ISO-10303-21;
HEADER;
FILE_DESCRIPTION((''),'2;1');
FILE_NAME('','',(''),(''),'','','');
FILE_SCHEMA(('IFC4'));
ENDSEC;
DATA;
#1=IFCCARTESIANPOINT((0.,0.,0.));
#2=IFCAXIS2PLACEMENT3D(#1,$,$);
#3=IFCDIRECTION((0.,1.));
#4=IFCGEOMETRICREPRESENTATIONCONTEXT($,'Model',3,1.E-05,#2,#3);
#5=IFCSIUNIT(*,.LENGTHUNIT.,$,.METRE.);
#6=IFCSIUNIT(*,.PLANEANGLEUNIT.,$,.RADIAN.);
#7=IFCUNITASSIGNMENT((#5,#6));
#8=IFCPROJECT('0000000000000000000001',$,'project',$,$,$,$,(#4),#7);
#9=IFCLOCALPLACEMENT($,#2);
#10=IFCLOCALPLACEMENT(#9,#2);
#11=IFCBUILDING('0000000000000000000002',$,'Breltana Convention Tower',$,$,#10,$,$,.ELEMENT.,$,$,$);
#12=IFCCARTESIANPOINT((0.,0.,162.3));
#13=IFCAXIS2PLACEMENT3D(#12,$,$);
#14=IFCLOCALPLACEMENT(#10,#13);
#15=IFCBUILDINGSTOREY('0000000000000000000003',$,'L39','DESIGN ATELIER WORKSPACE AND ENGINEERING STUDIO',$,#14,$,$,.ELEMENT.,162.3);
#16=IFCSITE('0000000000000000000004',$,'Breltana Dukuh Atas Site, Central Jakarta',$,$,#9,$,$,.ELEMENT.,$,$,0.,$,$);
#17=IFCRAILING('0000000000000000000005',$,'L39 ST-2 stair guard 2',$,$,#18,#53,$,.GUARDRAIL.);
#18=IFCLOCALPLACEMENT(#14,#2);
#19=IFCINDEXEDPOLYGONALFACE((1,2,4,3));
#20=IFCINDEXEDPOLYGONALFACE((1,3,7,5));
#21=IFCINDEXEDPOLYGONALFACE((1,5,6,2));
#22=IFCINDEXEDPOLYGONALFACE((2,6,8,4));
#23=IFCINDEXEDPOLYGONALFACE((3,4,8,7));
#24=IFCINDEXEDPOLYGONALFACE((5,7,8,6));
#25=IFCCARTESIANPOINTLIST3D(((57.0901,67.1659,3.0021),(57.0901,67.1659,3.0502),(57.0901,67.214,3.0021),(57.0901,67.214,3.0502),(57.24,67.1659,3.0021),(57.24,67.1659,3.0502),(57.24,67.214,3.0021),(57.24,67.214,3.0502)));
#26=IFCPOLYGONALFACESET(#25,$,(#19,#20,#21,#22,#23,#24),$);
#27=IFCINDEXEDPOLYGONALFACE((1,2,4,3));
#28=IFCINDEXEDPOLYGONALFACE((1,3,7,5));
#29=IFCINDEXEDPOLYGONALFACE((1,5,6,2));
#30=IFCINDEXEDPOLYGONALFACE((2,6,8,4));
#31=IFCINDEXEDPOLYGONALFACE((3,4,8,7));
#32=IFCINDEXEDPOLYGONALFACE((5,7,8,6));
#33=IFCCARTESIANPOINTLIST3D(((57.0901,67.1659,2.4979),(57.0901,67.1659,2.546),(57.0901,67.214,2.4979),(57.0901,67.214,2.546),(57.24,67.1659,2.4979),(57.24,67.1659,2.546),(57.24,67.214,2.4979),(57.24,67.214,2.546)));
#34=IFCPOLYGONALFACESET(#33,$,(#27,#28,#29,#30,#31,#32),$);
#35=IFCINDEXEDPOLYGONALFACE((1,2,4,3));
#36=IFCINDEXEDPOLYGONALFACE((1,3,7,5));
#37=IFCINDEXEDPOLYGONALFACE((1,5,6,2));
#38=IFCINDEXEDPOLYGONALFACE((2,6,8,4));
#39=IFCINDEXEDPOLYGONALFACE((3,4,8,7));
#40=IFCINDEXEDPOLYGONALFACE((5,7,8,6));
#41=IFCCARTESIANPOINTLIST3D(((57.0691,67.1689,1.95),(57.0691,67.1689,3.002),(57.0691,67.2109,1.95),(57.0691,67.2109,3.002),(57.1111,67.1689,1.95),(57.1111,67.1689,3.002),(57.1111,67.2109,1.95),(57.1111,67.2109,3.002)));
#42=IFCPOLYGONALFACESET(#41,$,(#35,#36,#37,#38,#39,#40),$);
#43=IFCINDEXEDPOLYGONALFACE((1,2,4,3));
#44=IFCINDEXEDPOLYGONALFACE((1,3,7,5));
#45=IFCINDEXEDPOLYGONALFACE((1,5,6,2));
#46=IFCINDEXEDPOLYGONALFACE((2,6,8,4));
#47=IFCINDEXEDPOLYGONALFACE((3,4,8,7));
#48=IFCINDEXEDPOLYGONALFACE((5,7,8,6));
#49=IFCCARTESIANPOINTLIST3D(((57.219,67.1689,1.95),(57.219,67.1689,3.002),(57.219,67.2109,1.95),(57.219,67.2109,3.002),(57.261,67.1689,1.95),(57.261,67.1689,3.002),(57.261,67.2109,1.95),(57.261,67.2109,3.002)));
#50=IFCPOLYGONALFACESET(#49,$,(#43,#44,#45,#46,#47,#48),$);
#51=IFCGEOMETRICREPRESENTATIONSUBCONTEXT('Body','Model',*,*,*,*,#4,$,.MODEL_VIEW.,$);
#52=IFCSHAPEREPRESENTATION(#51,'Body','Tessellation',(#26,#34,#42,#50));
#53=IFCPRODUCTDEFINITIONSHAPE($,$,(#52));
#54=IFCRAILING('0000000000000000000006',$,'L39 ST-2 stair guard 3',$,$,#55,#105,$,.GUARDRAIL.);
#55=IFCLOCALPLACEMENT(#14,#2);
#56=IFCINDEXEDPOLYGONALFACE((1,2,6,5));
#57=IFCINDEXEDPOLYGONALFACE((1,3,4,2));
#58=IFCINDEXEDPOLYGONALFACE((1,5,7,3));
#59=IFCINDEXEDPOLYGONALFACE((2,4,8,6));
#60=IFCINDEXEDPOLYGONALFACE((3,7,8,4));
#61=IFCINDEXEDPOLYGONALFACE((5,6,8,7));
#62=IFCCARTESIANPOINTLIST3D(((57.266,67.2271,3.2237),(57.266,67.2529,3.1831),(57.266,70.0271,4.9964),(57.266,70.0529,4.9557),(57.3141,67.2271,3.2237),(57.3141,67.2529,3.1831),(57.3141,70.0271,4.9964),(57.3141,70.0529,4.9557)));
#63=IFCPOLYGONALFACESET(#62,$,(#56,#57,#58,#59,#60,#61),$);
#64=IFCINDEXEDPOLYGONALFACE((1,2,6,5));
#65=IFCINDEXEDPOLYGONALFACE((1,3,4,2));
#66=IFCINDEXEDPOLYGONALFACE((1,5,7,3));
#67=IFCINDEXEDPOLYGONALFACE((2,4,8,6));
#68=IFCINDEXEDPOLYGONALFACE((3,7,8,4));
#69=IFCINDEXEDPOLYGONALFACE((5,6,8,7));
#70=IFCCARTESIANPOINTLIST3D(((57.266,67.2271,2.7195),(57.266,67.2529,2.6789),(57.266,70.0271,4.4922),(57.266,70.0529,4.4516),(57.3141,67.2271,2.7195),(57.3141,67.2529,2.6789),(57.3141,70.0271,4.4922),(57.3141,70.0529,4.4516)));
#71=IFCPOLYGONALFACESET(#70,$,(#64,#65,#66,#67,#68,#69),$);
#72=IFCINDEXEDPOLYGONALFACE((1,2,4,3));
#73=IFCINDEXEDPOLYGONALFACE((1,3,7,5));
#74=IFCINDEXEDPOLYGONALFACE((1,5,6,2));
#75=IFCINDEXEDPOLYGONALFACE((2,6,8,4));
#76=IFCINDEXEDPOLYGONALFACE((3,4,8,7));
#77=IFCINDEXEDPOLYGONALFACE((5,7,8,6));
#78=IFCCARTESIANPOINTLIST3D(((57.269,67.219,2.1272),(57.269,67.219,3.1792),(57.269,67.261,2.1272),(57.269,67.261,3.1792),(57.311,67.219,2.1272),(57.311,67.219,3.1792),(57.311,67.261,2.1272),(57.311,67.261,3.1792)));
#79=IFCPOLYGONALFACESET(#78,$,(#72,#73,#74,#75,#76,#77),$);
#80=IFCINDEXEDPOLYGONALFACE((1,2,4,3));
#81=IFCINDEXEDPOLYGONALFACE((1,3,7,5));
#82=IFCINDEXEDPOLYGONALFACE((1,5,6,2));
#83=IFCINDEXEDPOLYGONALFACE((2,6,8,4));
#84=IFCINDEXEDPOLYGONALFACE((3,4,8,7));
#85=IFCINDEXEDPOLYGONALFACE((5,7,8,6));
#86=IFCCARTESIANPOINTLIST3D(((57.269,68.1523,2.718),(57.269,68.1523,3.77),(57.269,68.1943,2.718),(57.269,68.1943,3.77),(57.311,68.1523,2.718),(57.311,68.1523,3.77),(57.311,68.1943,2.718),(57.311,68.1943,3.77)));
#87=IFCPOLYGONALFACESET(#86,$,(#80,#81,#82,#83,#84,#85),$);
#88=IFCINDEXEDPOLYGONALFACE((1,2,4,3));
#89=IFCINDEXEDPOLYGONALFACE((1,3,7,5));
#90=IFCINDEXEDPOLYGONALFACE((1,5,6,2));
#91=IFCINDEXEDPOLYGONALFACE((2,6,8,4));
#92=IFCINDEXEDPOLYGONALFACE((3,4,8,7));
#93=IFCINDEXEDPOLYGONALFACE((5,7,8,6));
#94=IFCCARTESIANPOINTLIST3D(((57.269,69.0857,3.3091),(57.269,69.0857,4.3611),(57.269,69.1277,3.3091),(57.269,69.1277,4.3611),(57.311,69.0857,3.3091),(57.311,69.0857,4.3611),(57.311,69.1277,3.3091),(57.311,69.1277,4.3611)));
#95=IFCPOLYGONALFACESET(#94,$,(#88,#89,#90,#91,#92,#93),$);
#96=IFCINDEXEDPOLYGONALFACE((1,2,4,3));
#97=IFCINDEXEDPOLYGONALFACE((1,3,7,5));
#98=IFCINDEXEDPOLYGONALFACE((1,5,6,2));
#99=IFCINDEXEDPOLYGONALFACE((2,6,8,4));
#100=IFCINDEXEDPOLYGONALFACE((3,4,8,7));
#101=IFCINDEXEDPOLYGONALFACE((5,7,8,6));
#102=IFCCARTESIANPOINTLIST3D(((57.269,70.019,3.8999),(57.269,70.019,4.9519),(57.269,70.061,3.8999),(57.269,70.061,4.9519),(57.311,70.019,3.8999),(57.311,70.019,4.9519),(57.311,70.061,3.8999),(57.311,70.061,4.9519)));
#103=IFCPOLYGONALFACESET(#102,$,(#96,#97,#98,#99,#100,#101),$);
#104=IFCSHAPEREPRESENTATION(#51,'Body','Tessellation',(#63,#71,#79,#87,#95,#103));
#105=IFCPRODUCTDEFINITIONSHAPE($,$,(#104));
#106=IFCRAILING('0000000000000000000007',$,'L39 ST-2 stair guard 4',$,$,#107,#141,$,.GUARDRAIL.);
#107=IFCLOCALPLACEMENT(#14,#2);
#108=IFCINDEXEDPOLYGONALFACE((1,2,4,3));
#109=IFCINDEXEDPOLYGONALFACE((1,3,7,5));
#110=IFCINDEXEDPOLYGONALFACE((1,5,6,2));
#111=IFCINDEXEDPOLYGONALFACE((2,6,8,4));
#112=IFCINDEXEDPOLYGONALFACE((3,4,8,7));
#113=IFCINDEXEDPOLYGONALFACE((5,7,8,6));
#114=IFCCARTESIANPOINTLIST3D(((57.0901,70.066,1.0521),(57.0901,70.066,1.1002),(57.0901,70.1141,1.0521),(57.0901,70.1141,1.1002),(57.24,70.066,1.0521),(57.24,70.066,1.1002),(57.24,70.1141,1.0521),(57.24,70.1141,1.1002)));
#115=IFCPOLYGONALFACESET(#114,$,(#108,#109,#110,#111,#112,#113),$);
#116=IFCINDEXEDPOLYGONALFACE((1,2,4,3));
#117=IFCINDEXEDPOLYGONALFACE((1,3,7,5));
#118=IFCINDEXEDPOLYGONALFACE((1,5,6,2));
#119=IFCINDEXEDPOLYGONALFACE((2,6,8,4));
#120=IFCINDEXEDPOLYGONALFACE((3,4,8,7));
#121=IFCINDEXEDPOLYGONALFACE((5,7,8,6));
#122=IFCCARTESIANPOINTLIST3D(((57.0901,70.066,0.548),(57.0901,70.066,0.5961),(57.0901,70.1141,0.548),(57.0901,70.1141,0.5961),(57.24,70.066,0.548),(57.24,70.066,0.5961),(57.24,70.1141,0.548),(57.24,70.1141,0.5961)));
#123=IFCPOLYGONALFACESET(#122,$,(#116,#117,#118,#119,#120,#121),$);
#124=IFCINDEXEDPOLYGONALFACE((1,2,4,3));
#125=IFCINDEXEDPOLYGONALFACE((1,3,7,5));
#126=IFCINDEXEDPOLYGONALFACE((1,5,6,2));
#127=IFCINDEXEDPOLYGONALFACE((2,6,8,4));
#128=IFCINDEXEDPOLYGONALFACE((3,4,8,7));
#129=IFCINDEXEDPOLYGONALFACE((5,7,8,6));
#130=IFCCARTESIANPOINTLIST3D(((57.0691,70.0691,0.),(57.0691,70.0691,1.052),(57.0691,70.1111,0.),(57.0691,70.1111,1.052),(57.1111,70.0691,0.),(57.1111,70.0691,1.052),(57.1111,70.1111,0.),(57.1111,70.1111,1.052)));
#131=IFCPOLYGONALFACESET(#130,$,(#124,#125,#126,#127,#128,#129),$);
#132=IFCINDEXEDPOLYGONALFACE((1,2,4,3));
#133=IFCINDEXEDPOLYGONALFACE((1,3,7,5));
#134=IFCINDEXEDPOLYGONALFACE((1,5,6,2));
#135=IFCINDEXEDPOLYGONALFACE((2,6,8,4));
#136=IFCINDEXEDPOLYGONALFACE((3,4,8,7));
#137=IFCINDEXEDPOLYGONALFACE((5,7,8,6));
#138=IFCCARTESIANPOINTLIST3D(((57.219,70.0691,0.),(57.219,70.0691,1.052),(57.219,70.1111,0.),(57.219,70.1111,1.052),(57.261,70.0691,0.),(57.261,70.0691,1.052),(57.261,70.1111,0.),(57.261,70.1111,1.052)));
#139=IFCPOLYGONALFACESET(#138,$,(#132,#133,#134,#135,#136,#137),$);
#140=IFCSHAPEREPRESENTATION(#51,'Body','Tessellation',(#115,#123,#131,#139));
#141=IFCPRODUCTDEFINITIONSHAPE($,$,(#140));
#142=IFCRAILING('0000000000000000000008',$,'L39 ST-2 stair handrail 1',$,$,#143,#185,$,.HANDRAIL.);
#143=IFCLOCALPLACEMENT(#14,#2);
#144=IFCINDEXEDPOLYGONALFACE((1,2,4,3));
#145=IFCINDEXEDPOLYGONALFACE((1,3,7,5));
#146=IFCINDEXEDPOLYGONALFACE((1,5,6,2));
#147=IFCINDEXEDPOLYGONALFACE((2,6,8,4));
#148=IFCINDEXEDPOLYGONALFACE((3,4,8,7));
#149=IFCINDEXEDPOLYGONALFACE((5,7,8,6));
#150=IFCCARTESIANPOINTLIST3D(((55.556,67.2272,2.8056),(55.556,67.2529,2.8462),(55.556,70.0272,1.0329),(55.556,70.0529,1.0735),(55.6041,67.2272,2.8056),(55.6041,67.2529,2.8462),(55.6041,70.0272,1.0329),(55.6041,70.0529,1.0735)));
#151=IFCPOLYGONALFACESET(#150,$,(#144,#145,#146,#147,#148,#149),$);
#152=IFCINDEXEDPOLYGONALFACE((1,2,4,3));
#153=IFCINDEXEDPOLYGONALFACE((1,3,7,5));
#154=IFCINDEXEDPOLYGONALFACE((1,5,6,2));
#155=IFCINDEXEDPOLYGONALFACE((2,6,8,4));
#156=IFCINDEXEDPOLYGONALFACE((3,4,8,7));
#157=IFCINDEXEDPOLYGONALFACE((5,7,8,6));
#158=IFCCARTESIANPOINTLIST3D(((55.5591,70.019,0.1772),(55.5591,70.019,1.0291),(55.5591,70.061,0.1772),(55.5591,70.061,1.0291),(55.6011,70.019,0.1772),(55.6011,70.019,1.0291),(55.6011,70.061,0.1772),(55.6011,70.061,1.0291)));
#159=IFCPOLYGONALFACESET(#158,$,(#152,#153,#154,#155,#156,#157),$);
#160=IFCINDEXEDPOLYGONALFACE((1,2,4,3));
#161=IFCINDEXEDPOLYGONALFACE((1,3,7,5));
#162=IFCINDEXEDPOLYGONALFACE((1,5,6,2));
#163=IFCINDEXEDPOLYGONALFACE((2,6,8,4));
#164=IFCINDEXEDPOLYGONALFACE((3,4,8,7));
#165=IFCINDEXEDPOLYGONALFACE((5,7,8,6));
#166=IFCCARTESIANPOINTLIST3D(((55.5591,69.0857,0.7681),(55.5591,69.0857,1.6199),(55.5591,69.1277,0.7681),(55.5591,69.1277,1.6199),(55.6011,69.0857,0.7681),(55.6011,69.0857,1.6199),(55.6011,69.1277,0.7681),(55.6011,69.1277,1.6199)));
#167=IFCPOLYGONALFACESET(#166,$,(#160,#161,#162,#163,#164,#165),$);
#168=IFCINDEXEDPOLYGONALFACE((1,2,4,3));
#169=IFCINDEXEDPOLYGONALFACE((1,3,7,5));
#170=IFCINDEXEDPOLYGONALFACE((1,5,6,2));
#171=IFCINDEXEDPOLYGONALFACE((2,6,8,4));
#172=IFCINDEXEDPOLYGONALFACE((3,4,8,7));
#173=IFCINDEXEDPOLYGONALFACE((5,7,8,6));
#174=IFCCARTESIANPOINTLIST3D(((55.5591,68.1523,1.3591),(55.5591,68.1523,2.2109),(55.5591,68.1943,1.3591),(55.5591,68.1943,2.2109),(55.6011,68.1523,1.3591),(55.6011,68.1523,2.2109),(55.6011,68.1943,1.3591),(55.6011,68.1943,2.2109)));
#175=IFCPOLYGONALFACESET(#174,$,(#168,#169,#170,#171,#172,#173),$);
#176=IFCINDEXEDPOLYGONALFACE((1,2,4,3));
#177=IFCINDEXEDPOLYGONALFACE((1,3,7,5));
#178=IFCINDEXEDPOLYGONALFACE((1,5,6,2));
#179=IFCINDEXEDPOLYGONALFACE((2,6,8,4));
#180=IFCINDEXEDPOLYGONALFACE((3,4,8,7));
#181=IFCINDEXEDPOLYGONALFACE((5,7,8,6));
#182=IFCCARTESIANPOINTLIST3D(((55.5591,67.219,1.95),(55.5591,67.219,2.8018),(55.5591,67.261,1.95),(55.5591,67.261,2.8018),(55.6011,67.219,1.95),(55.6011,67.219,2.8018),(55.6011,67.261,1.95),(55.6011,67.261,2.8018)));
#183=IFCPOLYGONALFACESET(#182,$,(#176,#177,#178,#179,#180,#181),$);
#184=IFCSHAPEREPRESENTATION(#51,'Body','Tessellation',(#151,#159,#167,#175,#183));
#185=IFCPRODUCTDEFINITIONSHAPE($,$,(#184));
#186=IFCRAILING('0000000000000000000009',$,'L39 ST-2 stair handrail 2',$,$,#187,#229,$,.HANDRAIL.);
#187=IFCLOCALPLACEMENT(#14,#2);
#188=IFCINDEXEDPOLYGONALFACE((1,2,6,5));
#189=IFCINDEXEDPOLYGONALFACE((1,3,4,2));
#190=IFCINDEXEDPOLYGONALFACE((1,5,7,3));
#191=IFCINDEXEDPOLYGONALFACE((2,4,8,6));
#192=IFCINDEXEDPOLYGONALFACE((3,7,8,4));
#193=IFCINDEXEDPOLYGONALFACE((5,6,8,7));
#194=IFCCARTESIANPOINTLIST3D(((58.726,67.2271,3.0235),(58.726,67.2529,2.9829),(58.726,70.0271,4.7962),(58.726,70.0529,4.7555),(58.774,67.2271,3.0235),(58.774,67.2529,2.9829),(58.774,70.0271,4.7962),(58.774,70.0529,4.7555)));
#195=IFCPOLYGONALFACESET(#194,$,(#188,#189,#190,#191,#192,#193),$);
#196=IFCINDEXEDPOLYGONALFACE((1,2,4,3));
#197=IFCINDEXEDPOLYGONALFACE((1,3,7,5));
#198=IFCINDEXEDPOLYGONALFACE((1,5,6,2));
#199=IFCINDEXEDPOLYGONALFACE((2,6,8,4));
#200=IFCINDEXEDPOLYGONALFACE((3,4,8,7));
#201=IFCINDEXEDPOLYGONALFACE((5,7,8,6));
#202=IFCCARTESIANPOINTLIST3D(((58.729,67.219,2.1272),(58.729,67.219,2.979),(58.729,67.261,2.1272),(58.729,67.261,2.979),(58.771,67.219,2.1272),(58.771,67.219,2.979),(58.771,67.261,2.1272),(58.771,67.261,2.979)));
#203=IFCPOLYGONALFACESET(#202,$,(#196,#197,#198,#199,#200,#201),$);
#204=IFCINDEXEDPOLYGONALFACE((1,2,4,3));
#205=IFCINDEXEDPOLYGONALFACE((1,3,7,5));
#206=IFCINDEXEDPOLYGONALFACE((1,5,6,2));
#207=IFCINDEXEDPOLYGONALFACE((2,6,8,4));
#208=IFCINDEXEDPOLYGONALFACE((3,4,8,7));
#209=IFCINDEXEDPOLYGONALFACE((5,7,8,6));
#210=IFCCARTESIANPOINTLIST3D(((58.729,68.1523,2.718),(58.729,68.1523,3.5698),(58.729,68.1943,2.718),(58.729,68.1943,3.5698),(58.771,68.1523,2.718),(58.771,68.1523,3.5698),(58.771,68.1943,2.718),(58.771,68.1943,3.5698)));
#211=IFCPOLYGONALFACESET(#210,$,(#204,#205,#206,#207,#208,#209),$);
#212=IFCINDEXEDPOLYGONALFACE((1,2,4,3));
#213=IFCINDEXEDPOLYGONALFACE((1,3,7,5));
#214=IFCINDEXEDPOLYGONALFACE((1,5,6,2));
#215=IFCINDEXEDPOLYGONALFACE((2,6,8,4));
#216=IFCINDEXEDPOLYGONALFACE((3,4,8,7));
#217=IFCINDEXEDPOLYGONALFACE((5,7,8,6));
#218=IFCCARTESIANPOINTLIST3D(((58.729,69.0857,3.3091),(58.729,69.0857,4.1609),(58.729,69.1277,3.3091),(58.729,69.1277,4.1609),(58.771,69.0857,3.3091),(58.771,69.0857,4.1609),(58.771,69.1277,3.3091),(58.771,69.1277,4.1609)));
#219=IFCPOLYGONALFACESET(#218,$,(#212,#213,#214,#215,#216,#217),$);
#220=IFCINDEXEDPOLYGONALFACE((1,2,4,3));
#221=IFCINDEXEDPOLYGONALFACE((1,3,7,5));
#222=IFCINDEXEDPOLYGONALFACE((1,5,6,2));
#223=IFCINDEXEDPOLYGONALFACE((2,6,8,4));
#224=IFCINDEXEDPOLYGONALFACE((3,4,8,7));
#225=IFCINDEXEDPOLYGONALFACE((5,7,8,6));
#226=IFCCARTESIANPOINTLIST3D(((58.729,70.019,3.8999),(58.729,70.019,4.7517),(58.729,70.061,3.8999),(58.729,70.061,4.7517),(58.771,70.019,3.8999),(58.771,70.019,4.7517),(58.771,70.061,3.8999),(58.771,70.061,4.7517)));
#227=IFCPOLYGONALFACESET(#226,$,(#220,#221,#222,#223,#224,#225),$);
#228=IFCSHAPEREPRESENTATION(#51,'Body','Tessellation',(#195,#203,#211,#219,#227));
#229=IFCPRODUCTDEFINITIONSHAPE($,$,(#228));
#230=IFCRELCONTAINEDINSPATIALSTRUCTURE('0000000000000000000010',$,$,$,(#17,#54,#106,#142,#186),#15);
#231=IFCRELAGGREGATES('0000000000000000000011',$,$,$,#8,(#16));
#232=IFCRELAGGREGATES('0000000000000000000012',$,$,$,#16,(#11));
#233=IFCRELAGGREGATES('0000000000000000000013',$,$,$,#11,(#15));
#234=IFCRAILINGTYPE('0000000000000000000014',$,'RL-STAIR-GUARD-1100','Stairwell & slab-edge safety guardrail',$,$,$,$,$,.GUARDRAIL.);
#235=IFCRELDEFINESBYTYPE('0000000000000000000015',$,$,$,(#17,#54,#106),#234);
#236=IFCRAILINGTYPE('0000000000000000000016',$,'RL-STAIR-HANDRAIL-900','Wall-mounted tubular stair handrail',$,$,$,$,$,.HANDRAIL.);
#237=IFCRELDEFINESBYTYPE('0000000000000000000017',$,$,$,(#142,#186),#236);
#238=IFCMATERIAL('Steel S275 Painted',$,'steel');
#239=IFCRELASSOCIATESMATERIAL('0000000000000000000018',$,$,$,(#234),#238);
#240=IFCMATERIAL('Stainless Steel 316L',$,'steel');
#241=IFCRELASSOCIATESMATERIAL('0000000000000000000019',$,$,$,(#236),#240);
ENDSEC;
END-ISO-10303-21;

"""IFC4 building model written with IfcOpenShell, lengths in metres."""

from ifc_helpers import new_model, si_unit, direction, frame, origin, origin_2d, place, context, subcontext, project, spatial, rectangle, extrude, material, type_object, element, save


model = new_model("IFC4")

# Units and contexts
model_context = context("Model", 3, precision=1e-05, world=origin(), true_north=direction((0.0, 1.0)))
body_context = subcontext(model_context, "Body", "Model", "MODEL_VIEW")
ifc_project = project(units=[si_unit("LENGTHUNIT", "METRE"), si_unit("PLANEANGLEUNIT", "RADIAN")], contexts=[model_context])

# Site, building, storey
site_placement = place(None, origin())
site = spatial("IfcSite", under=ifc_project, at=site_placement, Name="Breltana Dukuh Atas Site, Central Jakarta", CompositionType="ELEMENT", RefElevation=0.0)
building_placement = place(site_placement, origin())
building = spatial("IfcBuilding", under=site, at=building_placement, Name="Breltana Convention Tower", CompositionType="ELEMENT")
storey_placement = place(building_placement, frame((0.0, 0.0, 162.3)))
storey = spatial("IfcBuildingStorey", under=building, at=storey_placement, Name="L39", Description="DESIGN ATELIER WORKSPACE AND ENGINEERING STUDIO", CompositionType="ELEMENT", Elevation=162.3)

# Railings
ifc_material_1 = material(Name="Steel S275 Painted", Category="steel")
railing_type_1 = type_object("IfcRailingType", Name="RL-STAIR-GUARD-1100", Description="Stairwell & slab-edge safety guardrail", PredefinedType="GUARDRAIL", material=ifc_material_1)
railing_1_placement = place(storey_placement, frame((57.0901, 67.1899, 1.95)))
element("IfcRailing", 1, at=railing_1_placement, inside=storey, type_object=railing_type_1, Name="L39 ST-2 stair guard 2", PredefinedType="GUARDRAIL", context=body_context, shape_type="SweptSolid", body=[
    extrude(rectangle(XDim=0.0481, YDim=0.0481, at=origin_2d()), frame((0.0, 0.0, 1.0762), z_axis=(1.0, 0.0, 0.0), x_axis=(0.0, 1.0, 0.0)), (0.0, 0.0, 1.0), 0.1499),
    extrude(rectangle(XDim=0.0481, YDim=0.0481, at=origin_2d()), frame((0.0, 0.0, 0.572), z_axis=(1.0, 0.0, 0.0), x_axis=(0.0, 1.0, 0.0)), (0.0, 0.0, 1.0), 0.1499),
    extrude(rectangle(XDim=0.042, YDim=0.042, at=origin_2d()), origin(), (0.0, 0.0, 1.0), 1.052),
    extrude(rectangle(XDim=0.042, YDim=0.042, at=origin_2d()), frame((0.1499, 0.0, 0.0)), (0.0, 0.0, 1.0), 1.052),
])
railing_2_placement = place(storey_placement, frame((57.29, 67.24, 2.1272)))
element("IfcRailing", 2, at=railing_2_placement, inside=storey, type_object=railing_type_1, Name="L39 ST-2 stair guard 3", PredefinedType="GUARDRAIL", context=body_context, shape_type="SweptSolid", body=[
    extrude(rectangle(XDim=0.0481, YDim=0.0481, at=origin_2d()), frame((0.0, 0.0, 1.0762), z_axis=(0.0, 0.844909, 0.53491), x_axis=(-1.0, 0.0, 0.0)), (0.0, 0.0, 1.0), 3.314),
    extrude(rectangle(XDim=0.0481, YDim=0.0481, at=origin_2d()), frame((0.0, 0.0, 0.572), z_axis=(0.0, 0.844909, 0.53491), x_axis=(-1.0, 0.0, 0.0)), (0.0, 0.0, 1.0), 3.314),
    extrude(rectangle(XDim=0.042, YDim=0.042, at=origin_2d()), origin(), (0.0, 0.0, 1.0), 1.052),
    extrude(rectangle(XDim=0.042, YDim=0.042, at=origin_2d()), frame((0.0, 0.9333, 0.5908)), (0.0, 0.0, 1.0), 1.052),
    extrude(rectangle(XDim=0.042, YDim=0.042, at=origin_2d()), frame((0.0, 1.8667, 1.1819)), (0.0, 0.0, 1.0), 1.052),
    extrude(rectangle(XDim=0.042, YDim=0.042, at=origin_2d()), frame((0.0, 2.8, 1.7727)), (0.0, 0.0, 1.0), 1.052),
])
railing_3_placement = place(storey_placement, frame((57.0901, 70.0901, 0.0)))
element("IfcRailing", 3, at=railing_3_placement, inside=storey, type_object=railing_type_1, Name="L39 ST-2 stair guard 4", PredefinedType="GUARDRAIL", context=body_context, shape_type="SweptSolid", body=[
    extrude(rectangle(XDim=0.0481, YDim=0.0481, at=origin_2d()), frame((0.0, 0.0, 1.0762), z_axis=(1.0, 0.0, 0.0), x_axis=(0.0, 1.0, 0.0)), (0.0, 0.0, 1.0), 0.1499),
    extrude(rectangle(XDim=0.0481, YDim=0.0481, at=origin_2d()), frame((0.0, 0.0, 0.572), z_axis=(1.0, 0.0, 0.0), x_axis=(0.0, 1.0, 0.0)), (0.0, 0.0, 1.0), 0.1499),
    extrude(rectangle(XDim=0.042, YDim=0.042, at=origin_2d()), origin(), (0.0, 0.0, 1.0), 1.052),
    extrude(rectangle(XDim=0.042, YDim=0.042, at=origin_2d()), frame((0.1499, 0.0, 0.0)), (0.0, 0.0, 1.0), 1.052),
])
ifc_material_2 = material(Name="Stainless Steel 316L", Category="steel")
railing_type_2 = type_object("IfcRailingType", Name="RL-STAIR-HANDRAIL-900", Description="Wall-mounted tubular stair handrail", PredefinedType="HANDRAIL", material=ifc_material_2)
railing_4_placement = place(storey_placement, frame((55.5801, 70.04, 0.1772)))
element("IfcRailing", 4, at=railing_4_placement, inside=storey, type_object=railing_type_2, Name="L39 ST-2 stair handrail 1", PredefinedType="HANDRAIL", context=body_context, shape_type="SweptSolid", body=[
    extrude(rectangle(XDim=0.0481, YDim=0.0481, at=origin_2d()), frame((0.0, 0.0, 0.876), z_axis=(0.0, -0.844909, 0.53491), x_axis=(1.0, 0.0, 0.0)), (0.0, 0.0, 1.0), 3.314),
    extrude(rectangle(XDim=0.042, YDim=0.042, at=origin_2d()), origin(), (0.0, 0.0, 1.0), 0.8518),
    extrude(rectangle(XDim=0.042, YDim=0.042, at=origin_2d()), frame((0.0, -0.9333, 0.5908)), (0.0, 0.0, 1.0), 0.8518),
    extrude(rectangle(XDim=0.042, YDim=0.042, at=origin_2d()), frame((0.0, -1.8667, 1.1819)), (0.0, 0.0, 1.0), 0.8518),
    extrude(rectangle(XDim=0.042, YDim=0.042, at=origin_2d()), frame((0.0, -2.8, 1.7727)), (0.0, 0.0, 1.0), 0.8518),
])
railing_5_placement = place(storey_placement, frame((58.75, 67.24, 2.1272)))
element("IfcRailing", 5, at=railing_5_placement, inside=storey, type_object=railing_type_2, Name="L39 ST-2 stair handrail 2", PredefinedType="HANDRAIL", context=body_context, shape_type="SweptSolid", body=[
    extrude(rectangle(XDim=0.0481, YDim=0.0481, at=origin_2d()), frame((0.0, 0.0, 0.876), z_axis=(0.0, 0.844909, 0.53491), x_axis=(-1.0, 0.0, 0.0)), (0.0, 0.0, 1.0), 3.314),
    extrude(rectangle(XDim=0.042, YDim=0.042, at=origin_2d()), origin(), (0.0, 0.0, 1.0), 0.8518),
    extrude(rectangle(XDim=0.042, YDim=0.042, at=origin_2d()), frame((0.0, 0.9333, 0.5908)), (0.0, 0.0, 1.0), 0.8518),
    extrude(rectangle(XDim=0.042, YDim=0.042, at=origin_2d()), frame((0.0, 1.8667, 1.1819)), (0.0, 0.0, 1.0), 0.8518),
    extrude(rectangle(XDim=0.042, YDim=0.042, at=origin_2d()), frame((0.0, 2.8, 1.7727)), (0.0, 0.0, 1.0), 0.8518),
])

save(model, "model.ifc")
